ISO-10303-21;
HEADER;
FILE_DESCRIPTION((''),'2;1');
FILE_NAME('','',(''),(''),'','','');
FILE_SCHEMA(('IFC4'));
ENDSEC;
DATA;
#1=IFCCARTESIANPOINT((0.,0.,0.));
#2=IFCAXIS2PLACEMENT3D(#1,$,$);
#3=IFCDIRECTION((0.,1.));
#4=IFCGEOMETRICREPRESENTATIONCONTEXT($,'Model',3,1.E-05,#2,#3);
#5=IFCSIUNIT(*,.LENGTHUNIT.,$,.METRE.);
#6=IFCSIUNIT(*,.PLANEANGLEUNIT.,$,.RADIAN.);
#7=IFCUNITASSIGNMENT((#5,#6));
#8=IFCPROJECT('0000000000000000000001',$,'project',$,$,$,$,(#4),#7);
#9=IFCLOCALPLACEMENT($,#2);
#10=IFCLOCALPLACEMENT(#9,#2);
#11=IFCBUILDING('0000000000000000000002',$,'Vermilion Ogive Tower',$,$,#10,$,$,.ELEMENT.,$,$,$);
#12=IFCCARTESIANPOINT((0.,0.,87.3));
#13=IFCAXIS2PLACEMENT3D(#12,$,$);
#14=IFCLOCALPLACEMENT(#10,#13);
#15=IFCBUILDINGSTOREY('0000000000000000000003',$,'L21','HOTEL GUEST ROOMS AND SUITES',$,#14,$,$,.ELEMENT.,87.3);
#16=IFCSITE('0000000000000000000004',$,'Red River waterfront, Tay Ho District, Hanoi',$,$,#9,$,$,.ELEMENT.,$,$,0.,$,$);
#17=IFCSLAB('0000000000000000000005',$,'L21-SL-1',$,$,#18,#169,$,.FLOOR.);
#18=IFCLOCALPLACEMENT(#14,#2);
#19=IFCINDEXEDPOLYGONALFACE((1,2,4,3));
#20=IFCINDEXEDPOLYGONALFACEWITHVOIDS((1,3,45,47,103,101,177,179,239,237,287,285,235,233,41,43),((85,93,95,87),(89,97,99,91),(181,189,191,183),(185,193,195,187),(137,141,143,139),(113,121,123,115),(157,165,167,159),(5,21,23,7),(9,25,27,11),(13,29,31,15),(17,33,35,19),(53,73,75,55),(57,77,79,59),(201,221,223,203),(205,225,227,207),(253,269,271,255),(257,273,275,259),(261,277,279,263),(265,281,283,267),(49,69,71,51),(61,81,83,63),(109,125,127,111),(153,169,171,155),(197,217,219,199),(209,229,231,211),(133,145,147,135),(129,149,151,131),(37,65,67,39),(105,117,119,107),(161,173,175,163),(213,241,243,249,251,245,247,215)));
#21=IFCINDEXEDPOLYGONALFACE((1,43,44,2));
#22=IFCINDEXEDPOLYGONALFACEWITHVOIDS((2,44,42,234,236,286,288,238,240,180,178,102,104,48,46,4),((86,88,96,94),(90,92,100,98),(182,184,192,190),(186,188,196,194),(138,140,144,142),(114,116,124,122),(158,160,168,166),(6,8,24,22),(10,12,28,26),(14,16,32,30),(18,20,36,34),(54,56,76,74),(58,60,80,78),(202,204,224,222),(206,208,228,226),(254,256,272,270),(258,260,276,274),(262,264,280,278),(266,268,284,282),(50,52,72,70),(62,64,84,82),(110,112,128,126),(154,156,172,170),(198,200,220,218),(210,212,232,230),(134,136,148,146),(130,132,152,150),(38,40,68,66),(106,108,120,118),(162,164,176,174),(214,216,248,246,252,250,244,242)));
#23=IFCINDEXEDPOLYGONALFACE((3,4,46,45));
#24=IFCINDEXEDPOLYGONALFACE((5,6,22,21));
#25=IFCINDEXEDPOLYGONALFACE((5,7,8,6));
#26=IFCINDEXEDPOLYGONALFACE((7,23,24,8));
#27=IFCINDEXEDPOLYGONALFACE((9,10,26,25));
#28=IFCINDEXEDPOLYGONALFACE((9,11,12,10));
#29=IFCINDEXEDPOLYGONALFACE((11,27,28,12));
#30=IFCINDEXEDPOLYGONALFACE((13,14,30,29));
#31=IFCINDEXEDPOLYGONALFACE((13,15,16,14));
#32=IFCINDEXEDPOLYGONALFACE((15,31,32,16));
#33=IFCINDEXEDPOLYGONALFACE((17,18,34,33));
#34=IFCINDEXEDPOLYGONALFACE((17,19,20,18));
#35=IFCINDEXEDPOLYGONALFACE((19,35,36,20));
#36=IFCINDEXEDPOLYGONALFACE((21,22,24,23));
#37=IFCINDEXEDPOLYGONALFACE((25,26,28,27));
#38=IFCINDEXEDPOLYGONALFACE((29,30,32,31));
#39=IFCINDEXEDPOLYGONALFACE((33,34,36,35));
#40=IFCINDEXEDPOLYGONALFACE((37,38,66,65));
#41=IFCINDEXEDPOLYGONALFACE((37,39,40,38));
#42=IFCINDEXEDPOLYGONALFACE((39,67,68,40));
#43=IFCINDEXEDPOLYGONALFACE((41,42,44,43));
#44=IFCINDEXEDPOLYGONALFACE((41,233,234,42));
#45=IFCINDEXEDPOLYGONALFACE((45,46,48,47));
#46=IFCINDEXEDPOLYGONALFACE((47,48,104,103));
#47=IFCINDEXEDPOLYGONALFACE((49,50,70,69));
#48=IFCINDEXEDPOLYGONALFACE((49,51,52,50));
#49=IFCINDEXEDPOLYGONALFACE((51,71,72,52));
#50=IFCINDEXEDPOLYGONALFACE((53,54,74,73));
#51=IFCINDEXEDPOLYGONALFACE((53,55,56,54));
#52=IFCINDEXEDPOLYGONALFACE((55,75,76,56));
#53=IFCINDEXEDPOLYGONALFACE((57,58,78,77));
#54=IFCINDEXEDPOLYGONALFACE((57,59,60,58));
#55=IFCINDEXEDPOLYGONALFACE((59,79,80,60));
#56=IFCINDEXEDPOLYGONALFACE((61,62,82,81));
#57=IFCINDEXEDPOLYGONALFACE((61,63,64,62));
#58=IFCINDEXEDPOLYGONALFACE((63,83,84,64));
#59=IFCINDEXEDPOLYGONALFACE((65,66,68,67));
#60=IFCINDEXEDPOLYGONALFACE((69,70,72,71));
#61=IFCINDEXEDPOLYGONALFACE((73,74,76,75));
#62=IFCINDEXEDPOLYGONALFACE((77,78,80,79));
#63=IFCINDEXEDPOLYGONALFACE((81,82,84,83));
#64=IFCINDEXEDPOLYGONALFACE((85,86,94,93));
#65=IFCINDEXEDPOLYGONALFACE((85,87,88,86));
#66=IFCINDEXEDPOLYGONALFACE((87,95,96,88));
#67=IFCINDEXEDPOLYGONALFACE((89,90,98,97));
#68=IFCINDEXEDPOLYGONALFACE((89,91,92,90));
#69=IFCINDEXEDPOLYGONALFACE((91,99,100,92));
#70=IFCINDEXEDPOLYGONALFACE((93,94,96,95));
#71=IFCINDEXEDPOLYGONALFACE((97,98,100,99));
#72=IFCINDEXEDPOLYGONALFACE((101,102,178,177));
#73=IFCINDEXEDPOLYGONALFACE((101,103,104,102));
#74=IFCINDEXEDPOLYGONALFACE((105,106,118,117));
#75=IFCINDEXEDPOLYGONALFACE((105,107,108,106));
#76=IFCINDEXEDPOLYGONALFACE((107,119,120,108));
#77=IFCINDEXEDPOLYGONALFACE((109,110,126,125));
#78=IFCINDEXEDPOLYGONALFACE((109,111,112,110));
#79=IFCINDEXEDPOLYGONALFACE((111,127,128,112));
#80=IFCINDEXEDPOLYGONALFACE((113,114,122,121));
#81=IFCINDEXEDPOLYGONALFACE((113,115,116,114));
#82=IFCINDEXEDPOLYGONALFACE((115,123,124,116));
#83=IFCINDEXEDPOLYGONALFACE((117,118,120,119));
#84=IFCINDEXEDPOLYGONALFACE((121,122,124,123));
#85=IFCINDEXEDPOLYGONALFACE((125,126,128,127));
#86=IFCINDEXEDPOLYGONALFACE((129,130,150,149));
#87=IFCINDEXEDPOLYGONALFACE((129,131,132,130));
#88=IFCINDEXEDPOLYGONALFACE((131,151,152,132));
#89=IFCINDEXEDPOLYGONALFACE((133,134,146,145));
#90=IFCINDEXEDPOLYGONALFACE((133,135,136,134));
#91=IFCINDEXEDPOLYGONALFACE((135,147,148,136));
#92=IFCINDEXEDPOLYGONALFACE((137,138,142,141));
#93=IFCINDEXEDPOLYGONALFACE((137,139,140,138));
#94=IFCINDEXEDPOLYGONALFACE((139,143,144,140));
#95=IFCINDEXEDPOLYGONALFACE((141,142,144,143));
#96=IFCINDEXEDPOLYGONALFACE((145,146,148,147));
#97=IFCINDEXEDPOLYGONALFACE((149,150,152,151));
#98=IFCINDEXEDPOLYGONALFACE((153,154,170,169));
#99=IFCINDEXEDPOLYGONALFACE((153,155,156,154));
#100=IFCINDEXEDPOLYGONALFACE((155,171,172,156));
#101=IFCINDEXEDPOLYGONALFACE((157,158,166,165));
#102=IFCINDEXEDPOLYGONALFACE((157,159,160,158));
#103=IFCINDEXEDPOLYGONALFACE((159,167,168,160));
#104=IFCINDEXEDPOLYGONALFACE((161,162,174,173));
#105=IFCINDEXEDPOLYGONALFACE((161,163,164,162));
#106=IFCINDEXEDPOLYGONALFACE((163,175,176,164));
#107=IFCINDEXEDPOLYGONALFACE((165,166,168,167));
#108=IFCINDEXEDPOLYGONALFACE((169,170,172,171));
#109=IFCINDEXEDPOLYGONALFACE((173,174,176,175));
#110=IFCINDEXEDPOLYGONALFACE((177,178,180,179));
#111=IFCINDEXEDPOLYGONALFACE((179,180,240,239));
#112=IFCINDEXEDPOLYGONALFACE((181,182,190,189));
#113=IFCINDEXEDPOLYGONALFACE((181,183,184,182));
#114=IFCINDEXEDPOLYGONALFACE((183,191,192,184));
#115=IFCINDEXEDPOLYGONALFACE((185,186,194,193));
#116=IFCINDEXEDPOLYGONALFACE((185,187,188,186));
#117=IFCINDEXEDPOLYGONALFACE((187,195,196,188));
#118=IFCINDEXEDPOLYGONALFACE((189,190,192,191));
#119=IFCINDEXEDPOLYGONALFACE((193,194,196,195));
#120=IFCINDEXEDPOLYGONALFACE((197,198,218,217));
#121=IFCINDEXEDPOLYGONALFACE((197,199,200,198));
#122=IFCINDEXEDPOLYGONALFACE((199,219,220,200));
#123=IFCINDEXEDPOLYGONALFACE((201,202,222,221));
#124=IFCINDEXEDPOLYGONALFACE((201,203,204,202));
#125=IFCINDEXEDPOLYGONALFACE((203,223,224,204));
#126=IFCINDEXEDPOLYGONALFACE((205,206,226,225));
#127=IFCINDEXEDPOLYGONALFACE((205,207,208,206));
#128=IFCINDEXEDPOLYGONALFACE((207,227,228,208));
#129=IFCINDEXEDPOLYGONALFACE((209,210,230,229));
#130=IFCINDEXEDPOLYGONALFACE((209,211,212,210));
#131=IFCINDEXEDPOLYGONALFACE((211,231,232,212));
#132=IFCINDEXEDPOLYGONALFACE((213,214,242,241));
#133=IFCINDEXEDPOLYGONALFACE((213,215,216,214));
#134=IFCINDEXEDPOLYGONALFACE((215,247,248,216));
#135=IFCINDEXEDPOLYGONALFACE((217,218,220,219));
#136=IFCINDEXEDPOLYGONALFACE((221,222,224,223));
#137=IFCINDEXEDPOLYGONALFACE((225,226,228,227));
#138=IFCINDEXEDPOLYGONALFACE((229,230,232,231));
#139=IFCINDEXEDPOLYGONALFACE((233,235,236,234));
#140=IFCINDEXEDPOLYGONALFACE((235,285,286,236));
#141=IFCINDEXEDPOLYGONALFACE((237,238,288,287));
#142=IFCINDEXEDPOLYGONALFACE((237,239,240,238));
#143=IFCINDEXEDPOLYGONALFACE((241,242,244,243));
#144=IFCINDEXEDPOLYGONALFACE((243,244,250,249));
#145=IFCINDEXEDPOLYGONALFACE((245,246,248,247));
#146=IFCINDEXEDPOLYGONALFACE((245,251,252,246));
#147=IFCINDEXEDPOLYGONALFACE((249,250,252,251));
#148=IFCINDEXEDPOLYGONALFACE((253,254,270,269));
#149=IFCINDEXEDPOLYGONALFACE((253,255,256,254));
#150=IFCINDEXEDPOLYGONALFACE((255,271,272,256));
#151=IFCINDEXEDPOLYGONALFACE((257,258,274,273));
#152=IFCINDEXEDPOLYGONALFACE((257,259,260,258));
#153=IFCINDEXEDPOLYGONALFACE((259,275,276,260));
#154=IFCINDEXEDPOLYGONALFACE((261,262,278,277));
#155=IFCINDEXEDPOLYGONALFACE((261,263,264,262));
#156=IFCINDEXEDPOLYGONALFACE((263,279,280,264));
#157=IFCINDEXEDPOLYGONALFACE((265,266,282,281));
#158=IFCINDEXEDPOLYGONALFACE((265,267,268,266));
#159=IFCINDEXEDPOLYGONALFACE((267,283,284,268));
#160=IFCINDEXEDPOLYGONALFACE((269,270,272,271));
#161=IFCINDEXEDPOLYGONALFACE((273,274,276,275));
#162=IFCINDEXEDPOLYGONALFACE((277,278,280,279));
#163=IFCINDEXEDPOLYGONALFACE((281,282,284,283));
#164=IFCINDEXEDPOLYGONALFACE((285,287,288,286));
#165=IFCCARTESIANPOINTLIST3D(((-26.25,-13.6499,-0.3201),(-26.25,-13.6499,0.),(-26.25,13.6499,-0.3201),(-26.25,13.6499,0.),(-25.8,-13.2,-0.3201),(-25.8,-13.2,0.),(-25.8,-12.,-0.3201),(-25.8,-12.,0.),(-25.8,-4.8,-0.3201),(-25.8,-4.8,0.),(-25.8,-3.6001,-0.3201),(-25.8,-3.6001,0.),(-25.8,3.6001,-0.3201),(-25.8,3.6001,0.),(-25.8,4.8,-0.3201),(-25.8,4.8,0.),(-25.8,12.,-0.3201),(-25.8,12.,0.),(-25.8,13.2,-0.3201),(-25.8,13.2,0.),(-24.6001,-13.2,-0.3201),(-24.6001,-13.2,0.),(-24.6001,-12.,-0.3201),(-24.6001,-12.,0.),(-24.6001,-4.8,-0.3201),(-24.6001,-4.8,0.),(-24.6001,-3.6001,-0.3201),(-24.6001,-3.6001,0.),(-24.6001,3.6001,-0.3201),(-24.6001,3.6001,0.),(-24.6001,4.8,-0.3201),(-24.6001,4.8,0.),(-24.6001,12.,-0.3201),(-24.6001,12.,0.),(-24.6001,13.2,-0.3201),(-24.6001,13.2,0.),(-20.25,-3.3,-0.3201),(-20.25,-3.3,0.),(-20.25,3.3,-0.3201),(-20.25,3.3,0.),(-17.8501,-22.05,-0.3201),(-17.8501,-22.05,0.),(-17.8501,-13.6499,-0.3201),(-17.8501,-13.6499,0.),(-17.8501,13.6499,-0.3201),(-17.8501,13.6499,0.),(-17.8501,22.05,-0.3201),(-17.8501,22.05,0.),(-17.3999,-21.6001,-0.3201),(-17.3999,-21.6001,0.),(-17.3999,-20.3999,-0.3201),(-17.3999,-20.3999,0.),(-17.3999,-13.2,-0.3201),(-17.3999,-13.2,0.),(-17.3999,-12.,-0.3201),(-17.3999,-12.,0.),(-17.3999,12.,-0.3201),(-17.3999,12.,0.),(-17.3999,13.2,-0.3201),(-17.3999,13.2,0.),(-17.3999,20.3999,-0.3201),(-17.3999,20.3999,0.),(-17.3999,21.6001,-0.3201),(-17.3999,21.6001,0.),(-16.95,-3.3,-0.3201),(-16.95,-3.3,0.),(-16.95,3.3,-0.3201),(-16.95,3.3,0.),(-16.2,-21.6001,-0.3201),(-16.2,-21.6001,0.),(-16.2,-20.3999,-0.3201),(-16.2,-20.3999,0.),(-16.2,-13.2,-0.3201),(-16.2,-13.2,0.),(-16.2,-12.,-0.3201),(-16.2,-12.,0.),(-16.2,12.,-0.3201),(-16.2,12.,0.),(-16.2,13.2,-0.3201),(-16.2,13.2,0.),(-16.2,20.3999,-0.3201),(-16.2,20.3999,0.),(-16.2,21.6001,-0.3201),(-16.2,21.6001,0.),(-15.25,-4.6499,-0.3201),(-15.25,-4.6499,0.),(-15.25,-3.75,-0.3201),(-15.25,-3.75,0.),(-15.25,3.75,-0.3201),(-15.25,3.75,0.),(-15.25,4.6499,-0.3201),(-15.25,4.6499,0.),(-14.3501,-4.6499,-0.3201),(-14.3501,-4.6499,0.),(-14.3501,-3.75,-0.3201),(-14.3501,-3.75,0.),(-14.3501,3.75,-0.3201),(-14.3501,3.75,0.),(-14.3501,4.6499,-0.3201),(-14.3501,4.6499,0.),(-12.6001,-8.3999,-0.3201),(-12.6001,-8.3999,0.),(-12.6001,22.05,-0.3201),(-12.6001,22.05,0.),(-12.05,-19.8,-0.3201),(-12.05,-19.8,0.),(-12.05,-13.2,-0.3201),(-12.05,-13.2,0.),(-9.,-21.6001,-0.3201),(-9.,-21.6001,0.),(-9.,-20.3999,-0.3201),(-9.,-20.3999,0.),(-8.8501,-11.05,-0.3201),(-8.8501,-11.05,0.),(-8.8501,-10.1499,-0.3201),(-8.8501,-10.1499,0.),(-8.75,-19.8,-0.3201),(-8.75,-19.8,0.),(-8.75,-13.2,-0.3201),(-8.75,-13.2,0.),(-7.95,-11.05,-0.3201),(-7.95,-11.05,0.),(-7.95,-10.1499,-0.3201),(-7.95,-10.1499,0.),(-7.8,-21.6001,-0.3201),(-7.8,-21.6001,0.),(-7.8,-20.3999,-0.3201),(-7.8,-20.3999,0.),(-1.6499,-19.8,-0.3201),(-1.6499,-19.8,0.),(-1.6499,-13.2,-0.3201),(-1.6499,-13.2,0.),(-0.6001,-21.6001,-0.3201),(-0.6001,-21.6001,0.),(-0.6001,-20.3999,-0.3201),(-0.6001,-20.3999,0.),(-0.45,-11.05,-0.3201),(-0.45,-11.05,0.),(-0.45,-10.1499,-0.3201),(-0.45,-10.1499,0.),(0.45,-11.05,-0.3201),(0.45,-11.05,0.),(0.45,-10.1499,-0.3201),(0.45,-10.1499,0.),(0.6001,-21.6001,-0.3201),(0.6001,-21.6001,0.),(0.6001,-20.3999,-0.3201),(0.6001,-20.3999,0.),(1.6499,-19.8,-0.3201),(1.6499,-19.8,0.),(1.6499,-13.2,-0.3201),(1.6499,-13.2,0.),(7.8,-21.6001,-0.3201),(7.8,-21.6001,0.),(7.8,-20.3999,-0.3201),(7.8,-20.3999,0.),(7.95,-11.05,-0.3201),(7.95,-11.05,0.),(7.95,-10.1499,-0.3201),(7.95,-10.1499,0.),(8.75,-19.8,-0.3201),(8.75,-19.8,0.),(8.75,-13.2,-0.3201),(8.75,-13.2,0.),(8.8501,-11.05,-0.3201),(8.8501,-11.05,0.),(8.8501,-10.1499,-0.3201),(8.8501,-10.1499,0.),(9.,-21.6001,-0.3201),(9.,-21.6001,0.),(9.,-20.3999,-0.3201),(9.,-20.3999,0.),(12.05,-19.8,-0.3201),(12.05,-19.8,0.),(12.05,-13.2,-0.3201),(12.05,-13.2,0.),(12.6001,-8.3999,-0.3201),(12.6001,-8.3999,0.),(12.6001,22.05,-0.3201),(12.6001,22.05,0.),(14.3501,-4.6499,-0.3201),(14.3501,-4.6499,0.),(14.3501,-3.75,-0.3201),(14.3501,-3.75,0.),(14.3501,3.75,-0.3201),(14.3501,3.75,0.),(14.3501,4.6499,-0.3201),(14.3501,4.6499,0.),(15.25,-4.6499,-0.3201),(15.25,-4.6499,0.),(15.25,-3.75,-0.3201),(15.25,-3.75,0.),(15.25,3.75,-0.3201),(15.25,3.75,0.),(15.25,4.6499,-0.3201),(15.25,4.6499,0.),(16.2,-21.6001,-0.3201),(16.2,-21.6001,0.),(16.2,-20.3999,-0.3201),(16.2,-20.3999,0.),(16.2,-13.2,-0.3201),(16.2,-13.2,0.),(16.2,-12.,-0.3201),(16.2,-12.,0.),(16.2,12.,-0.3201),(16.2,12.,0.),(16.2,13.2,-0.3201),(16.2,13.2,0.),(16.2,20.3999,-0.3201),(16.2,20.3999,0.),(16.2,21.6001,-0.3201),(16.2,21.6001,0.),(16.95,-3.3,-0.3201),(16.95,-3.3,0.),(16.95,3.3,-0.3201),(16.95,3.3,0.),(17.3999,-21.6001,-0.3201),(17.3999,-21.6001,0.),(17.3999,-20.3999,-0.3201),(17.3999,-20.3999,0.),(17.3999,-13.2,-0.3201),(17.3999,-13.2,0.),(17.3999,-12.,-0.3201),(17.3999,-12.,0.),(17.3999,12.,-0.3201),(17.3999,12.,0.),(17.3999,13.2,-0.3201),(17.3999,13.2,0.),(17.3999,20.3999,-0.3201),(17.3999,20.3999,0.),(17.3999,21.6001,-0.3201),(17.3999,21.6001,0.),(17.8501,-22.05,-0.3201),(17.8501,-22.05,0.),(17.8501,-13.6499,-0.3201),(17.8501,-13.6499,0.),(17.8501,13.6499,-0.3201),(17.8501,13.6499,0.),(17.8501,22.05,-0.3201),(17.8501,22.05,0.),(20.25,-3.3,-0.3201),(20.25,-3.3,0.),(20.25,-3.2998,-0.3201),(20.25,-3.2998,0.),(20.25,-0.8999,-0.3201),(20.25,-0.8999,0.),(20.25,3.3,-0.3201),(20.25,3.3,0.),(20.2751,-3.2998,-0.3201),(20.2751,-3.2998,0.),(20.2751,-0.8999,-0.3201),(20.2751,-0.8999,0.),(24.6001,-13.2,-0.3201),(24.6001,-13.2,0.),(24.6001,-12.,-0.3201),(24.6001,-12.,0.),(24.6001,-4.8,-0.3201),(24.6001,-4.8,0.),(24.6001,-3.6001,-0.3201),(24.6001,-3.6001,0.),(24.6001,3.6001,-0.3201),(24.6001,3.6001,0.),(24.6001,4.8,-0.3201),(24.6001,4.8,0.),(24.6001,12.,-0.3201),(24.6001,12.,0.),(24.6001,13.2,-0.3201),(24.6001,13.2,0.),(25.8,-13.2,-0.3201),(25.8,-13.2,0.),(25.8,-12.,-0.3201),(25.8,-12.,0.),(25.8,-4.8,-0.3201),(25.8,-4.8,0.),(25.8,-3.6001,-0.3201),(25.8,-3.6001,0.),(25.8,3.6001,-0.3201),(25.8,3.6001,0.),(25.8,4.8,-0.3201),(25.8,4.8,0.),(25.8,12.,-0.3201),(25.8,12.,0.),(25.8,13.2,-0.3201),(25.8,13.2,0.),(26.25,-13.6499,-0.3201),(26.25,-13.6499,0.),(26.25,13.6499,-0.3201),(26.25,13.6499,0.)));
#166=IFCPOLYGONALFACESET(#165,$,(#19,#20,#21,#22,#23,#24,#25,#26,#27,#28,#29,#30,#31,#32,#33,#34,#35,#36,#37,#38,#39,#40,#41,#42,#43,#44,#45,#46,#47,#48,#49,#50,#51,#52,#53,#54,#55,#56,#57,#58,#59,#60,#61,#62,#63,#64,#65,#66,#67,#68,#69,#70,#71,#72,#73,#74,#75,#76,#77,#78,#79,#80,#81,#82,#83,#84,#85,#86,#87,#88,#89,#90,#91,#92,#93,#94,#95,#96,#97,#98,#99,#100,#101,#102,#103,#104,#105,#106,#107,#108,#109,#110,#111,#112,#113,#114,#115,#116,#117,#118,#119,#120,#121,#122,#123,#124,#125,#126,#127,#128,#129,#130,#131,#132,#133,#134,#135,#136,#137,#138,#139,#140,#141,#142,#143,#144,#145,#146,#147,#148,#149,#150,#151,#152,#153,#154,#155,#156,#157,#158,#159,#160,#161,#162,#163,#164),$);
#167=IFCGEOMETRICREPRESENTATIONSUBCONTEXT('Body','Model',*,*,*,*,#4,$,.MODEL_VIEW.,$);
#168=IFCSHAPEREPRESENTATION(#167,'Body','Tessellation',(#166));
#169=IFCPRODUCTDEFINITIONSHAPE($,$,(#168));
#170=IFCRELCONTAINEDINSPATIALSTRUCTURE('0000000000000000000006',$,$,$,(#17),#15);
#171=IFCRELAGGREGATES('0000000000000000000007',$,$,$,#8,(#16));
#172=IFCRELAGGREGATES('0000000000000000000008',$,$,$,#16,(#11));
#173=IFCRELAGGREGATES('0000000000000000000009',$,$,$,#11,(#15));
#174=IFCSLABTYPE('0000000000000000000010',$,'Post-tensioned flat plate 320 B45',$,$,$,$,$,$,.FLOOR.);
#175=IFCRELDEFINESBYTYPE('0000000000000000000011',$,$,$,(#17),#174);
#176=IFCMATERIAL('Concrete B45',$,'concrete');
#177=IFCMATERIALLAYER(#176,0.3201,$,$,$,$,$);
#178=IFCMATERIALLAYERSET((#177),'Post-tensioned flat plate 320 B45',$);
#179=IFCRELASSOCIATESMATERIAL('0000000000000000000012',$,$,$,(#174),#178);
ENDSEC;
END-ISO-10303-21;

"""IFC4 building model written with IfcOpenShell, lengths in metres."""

from ifc_helpers import new_model, si_unit, direction, frame, origin, place, context, subcontext, project, spatial, polyline, outline, extrude, material, layer, layer_set, type_object, element, save


model = new_model("IFC4")

# Units and contexts
model_context = context("Model", 3, precision=1e-05, world=origin(), true_north=direction((0.0, 1.0)))
body_context = subcontext(model_context, "Body", "Model", "MODEL_VIEW")
ifc_project = project(units=[si_unit("LENGTHUNIT", "METRE"), si_unit("PLANEANGLEUNIT", "RADIAN")], contexts=[model_context])

# Site, building, storey
site_placement = place(None, origin())
site = spatial("IfcSite", under=ifc_project, at=site_placement, Name="Red River waterfront, Tay Ho District, Hanoi", CompositionType="ELEMENT", RefElevation=0.0)
building_placement = place(site_placement, origin())
building = spatial("IfcBuilding", under=site, at=building_placement, Name="Vermilion Ogive Tower", CompositionType="ELEMENT")
storey_placement = place(building_placement, frame((0.0, 0.0, 87.3)))
storey = spatial("IfcBuildingStorey", under=building, at=storey_placement, Name="L21", Description="HOTEL GUEST ROOMS AND SUITES", CompositionType="ELEMENT", Elevation=87.3)

# Slab
ifc_material_1 = material(Name="Concrete B45", Category="concrete")
ifc_layer_1 = layer(ifc_material_1, 0.3201)
ifc_layer_set_1 = layer_set([ifc_layer_1], Name="Post-tensioned flat plate 320 B45")
slab_type_1 = type_object("IfcSlabType", Name="Post-tensioned flat plate 320 B45", PredefinedType="FLOOR", material=ifc_layer_set_1)
slab_1_placement = place(storey_placement, frame((0.0, 0.0, -0.3201)))
element("IfcSlab", 1, at=slab_1_placement, inside=storey, type_object=slab_type_1, Name="L21-SL-1", PredefinedType="FLOOR", context=body_context, shape_type="SweptSolid", body=[
    extrude(outline(polyline([(-26.25, -13.6499), (-17.8501, -13.6499), (-17.8501, -22.05), (17.8501, -22.05), (17.8501, -13.6499), (26.25, -13.6499), (26.25, 13.6499), (17.8501, 13.6499), (17.8501, 22.05), (12.6001, 22.05), (12.6001, -8.3999), (-12.6001, -8.3999), (-12.6001, 22.05), (-17.8501, 22.05), (-17.8501, 13.6499), (-26.25, 13.6499), (-26.25, -13.6499)]), holes=[polyline([(25.8, -3.6001), (25.8, -4.8), (24.6001, -4.8), (24.6001, -3.6001), (25.8, -3.6001)]), polyline([(25.8, -12.0), (25.8, -13.2), (24.6001, -13.2), (24.6001, -12.0), (25.8, -12.0)]), polyline([(25.8, 12.0), (24.6001, 12.0), (24.6001, 13.2), (25.8, 13.2), (25.8, 12.0)]), polyline([(25.8, 3.6001), (24.6001, 3.6001), (24.6001, 4.8), (25.8, 4.8), (25.8, 3.6001)]), polyline([(20.25, -3.2998), (20.25, -3.3), (16.95, -3.3), (16.95, 3.3), (20.25, 3.3), (20.25, -0.8999), (20.2751, -0.8999), (20.2751, -3.2998), (20.25, -3.2998)]), polyline([(17.3999, -12.0), (17.3999, -13.2), (16.2, -13.2), (16.2, -12.0), (17.3999, -12.0)]), polyline([(17.3999, 20.3999), (16.2, 20.3999), (16.2, 21.6001), (17.3999, 21.6001), (17.3999, 20.3999)]), polyline([(17.3999, -20.3999), (17.3999, -21.6001), (16.2, -21.6001), (16.2, -20.3999), (17.3999, -20.3999)]), polyline([(17.3999, 13.2), (17.3999, 12.0), (16.2, 12.0), (16.2, 13.2), (17.3999, 13.2)]), polyline([(15.25, 4.6499), (15.25, 3.75), (14.3501, 3.75), (14.3501, 4.6499), (15.25, 4.6499)]), polyline([(15.25, -4.6499), (14.3501, -4.6499), (14.3501, -3.75), (15.25, -3.75), (15.25, -4.6499)]), polyline([(12.05, -13.2), (12.05, -19.8), (8.75, -19.8), (8.75, -13.2), (12.05, -13.2)]), polyline([(9.0, -20.3999), (9.0, -21.6001), (7.8, -21.6001), (7.8, -20.3999), (9.0, -20.3999)]), polyline([(8.8501, -11.05), (7.95, -11.05), (7.95, -10.1499), (8.8501, -10.1499), (8.8501, -11.05)]), polyline([(1.6499, -13.2), (1.6499, -19.8), (-1.6499, -19.8), (-1.6499, -13.2), (1.6499, -13.2)]), polyline([(0.6001, -20.3999), (0.6001, -21.6001), (-0.6001, -21.6001), (-0.6001, -20.3999), (0.6001, -20.3999)]), polyline([(0.45, -10.1499), (0.45, -11.05), (-0.45, -11.05), (-0.45, -10.1499), (0.45, -10.1499)]), polyline([(-7.8, -20.3999), (-7.8, -21.6001), (-9.0, -21.6001), (-9.0, -20.3999), (-7.8, -20.3999)]), polyline([(-7.95, -10.1499), (-7.95, -11.05), (-8.8501, -11.05), (-8.8501, -10.1499), (-7.95, -10.1499)]), polyline([(-8.75, -13.2), (-8.75, -19.8), (-12.05, -19.8), (-12.05, -13.2), (-8.75, -13.2)]), polyline([(-14.3501, 4.6499), (-14.3501, 3.75), (-15.25, 3.75), (-15.25, 4.6499), (-14.3501, 4.6499)]), polyline([(-14.3501, -4.6499), (-15.25, -4.6499), (-15.25, -3.75), (-14.3501, -3.75), (-14.3501, -4.6499)]), polyline([(-16.2, 13.2), (-16.2, 12.0), (-17.3999, 12.0), (-17.3999, 13.2), (-16.2, 13.2)]), polyline([(-16.2, -12.0), (-16.2, -13.2), (-17.3999, -13.2), (-17.3999, -12.0), (-16.2, -12.0)]), polyline([(-16.2, -20.3999), (-16.2, -21.6001), (-17.3999, -21.6001), (-17.3999, -20.3999), (-16.2, -20.3999)]), polyline([(-16.2, 20.3999), (-17.3999, 20.3999), (-17.3999, 21.6001), (-16.2, 21.6001), (-16.2, 20.3999)]), polyline([(-16.95, 3.3), (-16.95, -3.3), (-20.25, -3.3), (-20.25, 3.3), (-16.95, 3.3)]), polyline([(-24.6001, 3.6001), (-25.8, 3.6001), (-25.8, 4.8), (-24.6001, 4.8), (-24.6001, 3.6001)]), polyline([(-24.6001, 13.2), (-24.6001, 12.0), (-25.8, 12.0), (-25.8, 13.2), (-24.6001, 13.2)]), polyline([(-24.6001, -3.6001), (-24.6001, -4.8), (-25.8, -4.8), (-25.8, -3.6001), (-24.6001, -3.6001)]), polyline([(-24.6001, -12.0), (-24.6001, -13.2), (-25.8, -13.2), (-25.8, -12.0), (-24.6001, -12.0)])]), origin(), (0.0, 0.0, 1.0), 0.3201),
])

save(model, "model.ifc")
